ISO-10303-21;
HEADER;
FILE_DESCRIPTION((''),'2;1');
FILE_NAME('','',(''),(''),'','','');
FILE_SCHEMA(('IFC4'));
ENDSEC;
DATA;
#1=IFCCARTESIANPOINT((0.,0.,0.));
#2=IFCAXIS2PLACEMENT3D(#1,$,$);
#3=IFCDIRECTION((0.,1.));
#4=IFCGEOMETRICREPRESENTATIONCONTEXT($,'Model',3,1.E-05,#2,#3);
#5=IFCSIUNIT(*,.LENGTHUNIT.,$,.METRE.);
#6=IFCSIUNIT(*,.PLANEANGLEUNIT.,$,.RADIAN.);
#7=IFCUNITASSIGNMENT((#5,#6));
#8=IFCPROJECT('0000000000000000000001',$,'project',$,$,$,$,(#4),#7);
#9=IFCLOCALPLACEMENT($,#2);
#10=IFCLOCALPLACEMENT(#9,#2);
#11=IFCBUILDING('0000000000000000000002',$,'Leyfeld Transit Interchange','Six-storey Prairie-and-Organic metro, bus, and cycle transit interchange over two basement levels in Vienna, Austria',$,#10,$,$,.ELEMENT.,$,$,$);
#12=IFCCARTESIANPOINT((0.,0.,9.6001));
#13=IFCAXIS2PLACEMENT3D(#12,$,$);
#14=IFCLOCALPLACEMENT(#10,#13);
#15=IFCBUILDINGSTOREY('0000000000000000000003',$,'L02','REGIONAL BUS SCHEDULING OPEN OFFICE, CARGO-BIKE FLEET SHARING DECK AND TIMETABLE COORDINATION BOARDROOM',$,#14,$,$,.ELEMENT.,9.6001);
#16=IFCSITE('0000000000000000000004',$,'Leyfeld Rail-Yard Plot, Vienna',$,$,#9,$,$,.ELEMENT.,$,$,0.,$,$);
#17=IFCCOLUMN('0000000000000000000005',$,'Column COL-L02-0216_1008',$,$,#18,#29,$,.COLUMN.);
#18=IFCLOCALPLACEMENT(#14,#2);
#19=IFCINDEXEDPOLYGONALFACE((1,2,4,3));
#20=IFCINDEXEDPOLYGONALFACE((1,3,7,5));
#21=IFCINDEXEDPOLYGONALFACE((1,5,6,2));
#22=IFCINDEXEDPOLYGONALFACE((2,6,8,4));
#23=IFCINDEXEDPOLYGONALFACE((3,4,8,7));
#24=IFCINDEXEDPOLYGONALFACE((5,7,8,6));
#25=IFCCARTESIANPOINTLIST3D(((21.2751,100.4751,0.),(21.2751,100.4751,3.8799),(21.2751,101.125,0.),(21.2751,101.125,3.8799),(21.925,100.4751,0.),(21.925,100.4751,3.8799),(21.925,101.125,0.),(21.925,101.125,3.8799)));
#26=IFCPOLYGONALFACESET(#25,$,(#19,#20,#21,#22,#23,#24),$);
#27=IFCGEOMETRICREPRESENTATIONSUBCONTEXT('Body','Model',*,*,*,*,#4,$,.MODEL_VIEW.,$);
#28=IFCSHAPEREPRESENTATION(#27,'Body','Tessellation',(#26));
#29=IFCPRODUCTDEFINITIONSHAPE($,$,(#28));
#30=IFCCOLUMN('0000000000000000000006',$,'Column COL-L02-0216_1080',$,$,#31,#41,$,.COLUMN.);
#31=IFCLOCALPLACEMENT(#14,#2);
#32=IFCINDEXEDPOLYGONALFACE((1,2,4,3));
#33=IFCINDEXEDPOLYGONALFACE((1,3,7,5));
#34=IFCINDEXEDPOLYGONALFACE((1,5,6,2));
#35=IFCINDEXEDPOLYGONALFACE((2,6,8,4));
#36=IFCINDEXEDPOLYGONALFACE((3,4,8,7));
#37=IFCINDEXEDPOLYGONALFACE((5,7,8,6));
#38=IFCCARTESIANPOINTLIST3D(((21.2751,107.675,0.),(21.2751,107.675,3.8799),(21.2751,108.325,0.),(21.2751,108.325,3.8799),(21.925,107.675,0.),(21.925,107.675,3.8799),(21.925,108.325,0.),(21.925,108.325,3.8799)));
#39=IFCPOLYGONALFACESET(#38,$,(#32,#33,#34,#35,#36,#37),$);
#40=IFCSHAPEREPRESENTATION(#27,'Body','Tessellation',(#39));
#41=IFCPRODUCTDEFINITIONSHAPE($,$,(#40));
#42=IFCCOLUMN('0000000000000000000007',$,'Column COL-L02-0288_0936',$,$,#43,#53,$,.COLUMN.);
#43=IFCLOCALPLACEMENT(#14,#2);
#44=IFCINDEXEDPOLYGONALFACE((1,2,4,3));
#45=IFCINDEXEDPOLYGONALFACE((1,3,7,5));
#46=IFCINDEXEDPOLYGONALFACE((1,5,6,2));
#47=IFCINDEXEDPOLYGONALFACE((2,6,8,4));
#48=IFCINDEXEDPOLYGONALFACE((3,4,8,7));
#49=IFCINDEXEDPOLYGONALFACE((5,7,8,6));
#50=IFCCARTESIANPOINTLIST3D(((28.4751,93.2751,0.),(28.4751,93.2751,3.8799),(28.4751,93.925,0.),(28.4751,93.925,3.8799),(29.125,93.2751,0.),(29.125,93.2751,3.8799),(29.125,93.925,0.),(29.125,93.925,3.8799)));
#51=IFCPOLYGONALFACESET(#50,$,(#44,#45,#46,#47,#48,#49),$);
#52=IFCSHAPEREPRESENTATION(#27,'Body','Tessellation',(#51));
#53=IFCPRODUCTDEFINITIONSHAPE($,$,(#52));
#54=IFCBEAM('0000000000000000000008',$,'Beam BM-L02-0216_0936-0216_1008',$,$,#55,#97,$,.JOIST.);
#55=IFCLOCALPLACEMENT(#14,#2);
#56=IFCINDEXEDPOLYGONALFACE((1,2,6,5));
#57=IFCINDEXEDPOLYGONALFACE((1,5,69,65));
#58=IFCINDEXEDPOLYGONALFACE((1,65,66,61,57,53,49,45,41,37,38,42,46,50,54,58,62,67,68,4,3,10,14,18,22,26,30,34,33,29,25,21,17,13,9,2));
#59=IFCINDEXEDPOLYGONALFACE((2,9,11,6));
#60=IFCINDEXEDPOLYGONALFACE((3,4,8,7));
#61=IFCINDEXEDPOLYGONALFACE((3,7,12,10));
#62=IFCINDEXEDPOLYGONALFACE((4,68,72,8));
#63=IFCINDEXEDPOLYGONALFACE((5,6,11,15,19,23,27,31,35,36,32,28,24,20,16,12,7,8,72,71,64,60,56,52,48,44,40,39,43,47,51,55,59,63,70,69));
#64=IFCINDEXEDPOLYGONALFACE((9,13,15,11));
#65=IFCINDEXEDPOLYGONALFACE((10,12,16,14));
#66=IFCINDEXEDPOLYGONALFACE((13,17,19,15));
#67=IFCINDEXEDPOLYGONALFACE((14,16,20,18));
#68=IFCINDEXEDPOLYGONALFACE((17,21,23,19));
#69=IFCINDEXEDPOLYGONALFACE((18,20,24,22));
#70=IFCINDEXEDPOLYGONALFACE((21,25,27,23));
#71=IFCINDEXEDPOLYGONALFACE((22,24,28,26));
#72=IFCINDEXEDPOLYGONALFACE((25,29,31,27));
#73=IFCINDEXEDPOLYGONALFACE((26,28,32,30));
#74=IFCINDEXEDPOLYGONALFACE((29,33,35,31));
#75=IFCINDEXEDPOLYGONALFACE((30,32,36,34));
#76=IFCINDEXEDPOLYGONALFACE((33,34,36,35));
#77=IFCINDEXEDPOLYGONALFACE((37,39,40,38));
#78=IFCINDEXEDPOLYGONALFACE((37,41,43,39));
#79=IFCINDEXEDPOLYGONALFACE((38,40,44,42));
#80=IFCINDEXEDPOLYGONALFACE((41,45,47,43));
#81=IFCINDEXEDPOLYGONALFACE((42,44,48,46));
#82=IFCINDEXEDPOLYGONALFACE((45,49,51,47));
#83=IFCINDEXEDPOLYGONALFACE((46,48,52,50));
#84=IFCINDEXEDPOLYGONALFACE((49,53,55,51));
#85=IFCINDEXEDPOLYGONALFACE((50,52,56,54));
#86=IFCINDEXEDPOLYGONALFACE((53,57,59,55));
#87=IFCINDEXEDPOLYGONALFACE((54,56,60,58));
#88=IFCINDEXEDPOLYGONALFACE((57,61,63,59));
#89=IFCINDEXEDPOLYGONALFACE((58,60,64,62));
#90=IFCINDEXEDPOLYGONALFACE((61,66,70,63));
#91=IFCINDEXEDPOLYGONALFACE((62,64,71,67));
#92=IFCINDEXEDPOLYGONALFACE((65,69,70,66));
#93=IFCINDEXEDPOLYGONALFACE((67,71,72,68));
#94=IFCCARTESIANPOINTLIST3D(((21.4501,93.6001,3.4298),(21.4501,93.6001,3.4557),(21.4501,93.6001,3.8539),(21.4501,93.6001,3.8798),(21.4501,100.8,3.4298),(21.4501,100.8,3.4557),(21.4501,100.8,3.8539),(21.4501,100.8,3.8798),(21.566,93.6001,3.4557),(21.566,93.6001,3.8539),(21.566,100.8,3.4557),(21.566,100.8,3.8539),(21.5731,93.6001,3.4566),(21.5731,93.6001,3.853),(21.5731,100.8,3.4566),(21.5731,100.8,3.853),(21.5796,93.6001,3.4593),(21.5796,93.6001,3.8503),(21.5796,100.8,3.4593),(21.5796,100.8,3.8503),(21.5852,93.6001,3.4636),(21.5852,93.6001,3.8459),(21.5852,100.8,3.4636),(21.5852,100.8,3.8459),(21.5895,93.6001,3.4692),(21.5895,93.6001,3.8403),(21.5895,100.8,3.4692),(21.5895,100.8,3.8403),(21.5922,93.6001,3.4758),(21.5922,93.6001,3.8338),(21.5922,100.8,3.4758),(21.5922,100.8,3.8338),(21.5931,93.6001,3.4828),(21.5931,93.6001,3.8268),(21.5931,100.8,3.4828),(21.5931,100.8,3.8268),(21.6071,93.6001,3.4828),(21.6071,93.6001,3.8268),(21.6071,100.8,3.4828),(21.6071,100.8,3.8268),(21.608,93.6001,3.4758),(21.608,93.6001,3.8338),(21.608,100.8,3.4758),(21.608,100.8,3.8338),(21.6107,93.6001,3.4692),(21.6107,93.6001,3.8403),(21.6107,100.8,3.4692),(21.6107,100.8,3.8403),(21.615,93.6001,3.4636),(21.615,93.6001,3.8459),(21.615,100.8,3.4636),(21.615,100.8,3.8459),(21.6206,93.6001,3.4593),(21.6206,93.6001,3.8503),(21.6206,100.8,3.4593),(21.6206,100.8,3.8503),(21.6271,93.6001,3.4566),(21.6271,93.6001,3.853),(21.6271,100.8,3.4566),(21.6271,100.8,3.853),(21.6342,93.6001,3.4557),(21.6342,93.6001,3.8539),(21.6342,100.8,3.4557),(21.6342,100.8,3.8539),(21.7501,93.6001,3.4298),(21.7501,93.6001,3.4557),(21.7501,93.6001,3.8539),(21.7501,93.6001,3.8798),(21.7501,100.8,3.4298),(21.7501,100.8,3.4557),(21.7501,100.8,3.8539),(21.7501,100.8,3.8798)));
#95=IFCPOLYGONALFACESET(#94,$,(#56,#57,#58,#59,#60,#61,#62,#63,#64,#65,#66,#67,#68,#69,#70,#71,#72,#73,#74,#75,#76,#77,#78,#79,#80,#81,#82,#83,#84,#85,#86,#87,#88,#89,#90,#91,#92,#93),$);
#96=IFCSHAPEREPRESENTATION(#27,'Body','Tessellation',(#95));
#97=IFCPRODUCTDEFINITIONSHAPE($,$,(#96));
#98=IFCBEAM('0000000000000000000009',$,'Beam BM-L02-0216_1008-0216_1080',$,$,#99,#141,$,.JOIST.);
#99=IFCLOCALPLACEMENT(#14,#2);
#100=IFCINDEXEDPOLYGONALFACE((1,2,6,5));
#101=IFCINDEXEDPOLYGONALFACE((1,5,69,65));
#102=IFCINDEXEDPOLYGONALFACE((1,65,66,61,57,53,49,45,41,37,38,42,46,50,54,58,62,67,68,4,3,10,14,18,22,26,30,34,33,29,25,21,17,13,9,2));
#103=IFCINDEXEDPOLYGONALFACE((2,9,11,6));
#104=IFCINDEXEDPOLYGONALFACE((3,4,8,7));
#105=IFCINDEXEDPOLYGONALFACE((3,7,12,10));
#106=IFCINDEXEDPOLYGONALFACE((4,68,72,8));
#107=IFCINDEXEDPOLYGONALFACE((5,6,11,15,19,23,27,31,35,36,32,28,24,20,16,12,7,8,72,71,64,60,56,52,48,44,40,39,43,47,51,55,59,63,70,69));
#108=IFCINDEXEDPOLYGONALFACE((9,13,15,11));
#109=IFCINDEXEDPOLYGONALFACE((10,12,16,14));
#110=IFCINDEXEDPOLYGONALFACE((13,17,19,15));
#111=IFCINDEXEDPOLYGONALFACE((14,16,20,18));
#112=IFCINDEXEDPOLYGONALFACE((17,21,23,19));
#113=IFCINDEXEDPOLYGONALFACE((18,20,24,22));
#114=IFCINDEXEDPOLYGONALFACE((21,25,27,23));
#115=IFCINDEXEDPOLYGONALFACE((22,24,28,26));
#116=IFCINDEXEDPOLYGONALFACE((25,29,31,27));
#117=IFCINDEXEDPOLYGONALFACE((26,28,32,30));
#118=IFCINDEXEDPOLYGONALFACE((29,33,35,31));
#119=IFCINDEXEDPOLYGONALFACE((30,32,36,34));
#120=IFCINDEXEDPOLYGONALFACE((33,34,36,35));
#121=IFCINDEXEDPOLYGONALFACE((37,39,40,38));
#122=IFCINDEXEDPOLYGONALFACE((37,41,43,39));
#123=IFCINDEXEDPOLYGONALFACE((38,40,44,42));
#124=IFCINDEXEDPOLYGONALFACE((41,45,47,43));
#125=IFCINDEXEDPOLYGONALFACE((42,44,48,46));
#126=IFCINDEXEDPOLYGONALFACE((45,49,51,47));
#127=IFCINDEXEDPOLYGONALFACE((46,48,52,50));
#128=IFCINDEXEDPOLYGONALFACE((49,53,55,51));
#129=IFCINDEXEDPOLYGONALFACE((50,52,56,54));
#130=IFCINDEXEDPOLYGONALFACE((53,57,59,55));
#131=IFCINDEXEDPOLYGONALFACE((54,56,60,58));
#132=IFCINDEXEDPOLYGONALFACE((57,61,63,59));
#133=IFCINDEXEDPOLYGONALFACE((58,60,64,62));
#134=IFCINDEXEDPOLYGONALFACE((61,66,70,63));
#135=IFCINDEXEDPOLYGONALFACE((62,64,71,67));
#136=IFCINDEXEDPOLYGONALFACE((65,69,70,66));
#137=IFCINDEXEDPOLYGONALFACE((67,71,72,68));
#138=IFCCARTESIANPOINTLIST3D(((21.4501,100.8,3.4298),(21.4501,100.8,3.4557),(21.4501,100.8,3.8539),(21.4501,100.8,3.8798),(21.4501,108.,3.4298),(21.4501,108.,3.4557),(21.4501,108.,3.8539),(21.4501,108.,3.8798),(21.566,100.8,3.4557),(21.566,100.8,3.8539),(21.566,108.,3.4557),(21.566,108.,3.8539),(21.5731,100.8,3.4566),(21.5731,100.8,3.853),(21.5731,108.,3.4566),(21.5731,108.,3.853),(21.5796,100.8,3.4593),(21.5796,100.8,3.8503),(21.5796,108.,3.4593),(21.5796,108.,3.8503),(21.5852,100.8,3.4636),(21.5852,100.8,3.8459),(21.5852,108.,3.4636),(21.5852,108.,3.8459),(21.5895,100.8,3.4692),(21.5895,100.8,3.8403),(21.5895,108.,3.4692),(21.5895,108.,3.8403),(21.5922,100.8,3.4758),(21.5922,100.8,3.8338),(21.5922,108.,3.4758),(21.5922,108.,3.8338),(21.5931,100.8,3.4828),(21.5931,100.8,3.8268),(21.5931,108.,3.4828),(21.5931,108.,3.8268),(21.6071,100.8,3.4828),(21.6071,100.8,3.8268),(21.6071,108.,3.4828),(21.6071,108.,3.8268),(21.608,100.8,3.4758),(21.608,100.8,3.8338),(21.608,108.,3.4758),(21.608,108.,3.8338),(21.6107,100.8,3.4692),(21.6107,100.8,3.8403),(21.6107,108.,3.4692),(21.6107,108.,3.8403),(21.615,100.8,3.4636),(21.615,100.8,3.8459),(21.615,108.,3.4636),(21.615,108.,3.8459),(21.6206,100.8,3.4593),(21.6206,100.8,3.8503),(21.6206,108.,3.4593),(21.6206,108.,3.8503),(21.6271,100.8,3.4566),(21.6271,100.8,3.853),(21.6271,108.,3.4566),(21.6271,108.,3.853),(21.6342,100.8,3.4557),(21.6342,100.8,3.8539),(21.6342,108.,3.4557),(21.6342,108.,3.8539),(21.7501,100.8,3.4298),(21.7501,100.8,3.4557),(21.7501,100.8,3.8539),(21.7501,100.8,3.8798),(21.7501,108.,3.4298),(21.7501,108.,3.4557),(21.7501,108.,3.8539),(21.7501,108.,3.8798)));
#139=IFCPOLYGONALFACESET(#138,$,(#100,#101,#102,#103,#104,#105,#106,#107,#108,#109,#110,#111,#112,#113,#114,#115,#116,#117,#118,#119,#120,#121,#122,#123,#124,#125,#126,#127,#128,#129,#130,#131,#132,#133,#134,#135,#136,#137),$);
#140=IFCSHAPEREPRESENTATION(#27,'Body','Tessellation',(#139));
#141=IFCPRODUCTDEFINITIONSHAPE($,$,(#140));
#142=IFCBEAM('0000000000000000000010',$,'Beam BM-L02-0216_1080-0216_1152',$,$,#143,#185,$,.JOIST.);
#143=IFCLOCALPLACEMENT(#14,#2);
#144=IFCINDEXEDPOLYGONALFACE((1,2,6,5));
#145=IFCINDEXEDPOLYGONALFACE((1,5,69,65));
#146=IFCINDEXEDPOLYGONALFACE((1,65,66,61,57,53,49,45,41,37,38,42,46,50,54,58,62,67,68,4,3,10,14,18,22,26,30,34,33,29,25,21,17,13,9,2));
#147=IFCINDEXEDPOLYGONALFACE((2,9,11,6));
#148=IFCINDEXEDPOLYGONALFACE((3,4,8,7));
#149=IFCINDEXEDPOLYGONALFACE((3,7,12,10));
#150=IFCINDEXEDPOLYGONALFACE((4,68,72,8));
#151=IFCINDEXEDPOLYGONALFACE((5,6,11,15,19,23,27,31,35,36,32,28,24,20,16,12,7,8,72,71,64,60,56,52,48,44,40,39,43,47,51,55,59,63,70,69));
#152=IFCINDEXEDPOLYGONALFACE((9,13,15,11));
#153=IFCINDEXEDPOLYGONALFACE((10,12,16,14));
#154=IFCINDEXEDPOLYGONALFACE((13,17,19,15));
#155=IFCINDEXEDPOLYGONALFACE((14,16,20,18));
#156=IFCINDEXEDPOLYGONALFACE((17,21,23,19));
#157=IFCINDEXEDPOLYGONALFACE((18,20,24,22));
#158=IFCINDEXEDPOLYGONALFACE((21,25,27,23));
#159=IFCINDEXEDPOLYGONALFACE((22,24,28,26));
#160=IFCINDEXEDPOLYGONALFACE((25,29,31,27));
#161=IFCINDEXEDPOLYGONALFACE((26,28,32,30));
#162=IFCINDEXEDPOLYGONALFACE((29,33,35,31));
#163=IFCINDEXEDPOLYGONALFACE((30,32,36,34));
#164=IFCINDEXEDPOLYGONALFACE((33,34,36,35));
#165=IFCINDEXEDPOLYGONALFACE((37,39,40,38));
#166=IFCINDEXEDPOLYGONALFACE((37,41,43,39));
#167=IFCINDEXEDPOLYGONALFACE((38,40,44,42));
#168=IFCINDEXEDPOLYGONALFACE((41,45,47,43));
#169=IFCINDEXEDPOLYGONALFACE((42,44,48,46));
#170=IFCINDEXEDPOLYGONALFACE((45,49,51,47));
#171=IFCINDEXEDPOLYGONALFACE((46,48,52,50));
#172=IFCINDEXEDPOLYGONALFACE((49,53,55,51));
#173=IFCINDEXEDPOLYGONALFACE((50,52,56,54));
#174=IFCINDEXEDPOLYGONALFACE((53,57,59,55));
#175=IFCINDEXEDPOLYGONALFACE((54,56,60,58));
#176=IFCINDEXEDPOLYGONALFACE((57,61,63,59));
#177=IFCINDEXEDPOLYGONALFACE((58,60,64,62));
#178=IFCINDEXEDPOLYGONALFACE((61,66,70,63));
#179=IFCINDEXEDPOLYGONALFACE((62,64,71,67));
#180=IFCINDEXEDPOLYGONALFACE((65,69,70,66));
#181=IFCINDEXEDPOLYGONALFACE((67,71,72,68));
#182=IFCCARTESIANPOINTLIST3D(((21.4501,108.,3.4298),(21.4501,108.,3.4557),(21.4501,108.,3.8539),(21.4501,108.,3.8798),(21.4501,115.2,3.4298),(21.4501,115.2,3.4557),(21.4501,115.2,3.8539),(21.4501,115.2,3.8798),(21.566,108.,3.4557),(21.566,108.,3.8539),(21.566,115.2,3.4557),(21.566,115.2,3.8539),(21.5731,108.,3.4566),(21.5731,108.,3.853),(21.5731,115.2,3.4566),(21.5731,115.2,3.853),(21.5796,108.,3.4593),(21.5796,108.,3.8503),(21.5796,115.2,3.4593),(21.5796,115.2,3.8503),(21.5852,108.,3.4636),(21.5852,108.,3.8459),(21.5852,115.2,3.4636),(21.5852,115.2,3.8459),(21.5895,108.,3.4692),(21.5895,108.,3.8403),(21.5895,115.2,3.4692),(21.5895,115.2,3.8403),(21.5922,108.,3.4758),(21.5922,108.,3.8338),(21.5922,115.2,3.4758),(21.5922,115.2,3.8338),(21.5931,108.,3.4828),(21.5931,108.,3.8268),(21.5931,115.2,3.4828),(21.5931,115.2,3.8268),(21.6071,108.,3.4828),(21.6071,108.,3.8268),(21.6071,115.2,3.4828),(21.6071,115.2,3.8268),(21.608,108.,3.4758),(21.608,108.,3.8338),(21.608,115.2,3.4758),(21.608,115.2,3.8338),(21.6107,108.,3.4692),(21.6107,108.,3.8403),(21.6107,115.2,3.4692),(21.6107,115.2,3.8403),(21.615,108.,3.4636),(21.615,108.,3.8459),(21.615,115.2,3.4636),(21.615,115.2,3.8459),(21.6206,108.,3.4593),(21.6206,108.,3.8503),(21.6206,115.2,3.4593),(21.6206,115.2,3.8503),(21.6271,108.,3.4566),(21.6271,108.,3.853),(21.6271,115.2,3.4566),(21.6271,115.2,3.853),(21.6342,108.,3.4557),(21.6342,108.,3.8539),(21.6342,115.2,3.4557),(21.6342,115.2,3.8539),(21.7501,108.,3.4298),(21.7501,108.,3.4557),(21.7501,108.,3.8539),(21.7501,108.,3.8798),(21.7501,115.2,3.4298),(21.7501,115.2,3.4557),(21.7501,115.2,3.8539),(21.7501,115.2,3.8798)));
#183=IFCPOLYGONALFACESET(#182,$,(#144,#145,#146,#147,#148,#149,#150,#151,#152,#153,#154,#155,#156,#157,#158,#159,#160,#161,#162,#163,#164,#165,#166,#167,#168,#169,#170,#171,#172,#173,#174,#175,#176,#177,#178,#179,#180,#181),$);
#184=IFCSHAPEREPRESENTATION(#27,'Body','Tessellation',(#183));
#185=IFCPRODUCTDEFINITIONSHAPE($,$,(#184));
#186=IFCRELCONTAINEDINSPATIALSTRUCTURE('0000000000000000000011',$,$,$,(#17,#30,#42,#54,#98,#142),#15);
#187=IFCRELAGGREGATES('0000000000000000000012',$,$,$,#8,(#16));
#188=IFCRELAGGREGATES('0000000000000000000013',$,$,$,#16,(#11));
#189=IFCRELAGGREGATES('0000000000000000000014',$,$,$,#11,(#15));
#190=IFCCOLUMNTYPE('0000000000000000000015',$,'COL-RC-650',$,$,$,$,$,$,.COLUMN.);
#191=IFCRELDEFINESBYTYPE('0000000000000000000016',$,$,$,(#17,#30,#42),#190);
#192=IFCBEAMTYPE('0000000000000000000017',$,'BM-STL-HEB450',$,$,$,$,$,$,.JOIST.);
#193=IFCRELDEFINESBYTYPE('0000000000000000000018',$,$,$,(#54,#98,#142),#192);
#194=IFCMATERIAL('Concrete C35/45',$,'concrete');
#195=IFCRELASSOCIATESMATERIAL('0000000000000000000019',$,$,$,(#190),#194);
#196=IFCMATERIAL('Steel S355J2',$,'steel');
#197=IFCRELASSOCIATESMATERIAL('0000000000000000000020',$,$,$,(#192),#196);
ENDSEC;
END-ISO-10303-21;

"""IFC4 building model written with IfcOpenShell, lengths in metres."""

from ifc_helpers import new_model, si_unit, direction, frame, origin, origin_2d, place, context, subcontext, project, spatial, rectangle, i_section, extrude, material, material_profile, profile_set, type_object, element, save


model = new_model("IFC4")

# Units and contexts
model_context = context("Model", 3, precision=1e-05, world=origin(), true_north=direction((0.0, 1.0)))
body_context = subcontext(model_context, "Body", "Model", "MODEL_VIEW")
ifc_project = project(units=[si_unit("LENGTHUNIT", "METRE"), si_unit("PLANEANGLEUNIT", "RADIAN")], contexts=[model_context])

# Site, building, storey
site_placement = place(None, origin())
site = spatial("IfcSite", under=ifc_project, at=site_placement, Name="Leyfeld Rail-Yard Plot, Vienna", CompositionType="ELEMENT", RefElevation=0.0)
building_placement = place(site_placement, origin())
building = spatial("IfcBuilding", under=site, at=building_placement, Name="Leyfeld Transit Interchange", Description="Six-storey Prairie-and-Organic metro, bus, and cycle transit interchange over two basement levels in Vienna, Austria", CompositionType="ELEMENT")
storey_placement = place(building_placement, frame((0.0, 0.0, 9.6001)))
storey = spatial("IfcBuildingStorey", under=building, at=storey_placement, Name="L02", Description="REGIONAL BUS SCHEDULING OPEN OFFICE, CARGO-BIKE FLEET SHARING DECK AND TIMETABLE COORDINATION BOARDROOM", CompositionType="ELEMENT", Elevation=9.6001)

# Columns
ifc_material_1 = material(Name="Concrete C35/45", Category="concrete")
ifc_material_profile_1 = material_profile(ifc_material_1, rectangle(XDim=0.6499, YDim=0.6499, at=origin_2d()), Name="RC 650x650")
ifc_profile_set_1 = profile_set([ifc_material_profile_1], Name="Concrete C35/45")
column_type = type_object("IfcColumnType", Name="COL-RC-650", PredefinedType="COLUMN", material=ifc_profile_set_1)
for number, where, z_axis, x_axis, name in (
    (1, (21.6001, 100.8, 0.0), (0.0, 0.0, 1.0), (1.0, 0.0, 0.0), "Column COL-L02-0216_1008"),
    (2, (21.6001, 108.0, 0.0), (0.0, 0.0, 1.0), (1.0, 0.0, 0.0), "Column COL-L02-0216_1080"),
    (3, (28.8, 93.6001, 0.0), (0.0, 0.0, 1.0), (1.0, 0.0, 0.0), "Column COL-L02-0288_0936"),
):
    element("IfcColumn", number, at=place(storey_placement, frame(where, z_axis=z_axis, x_axis=x_axis)), inside=storey, type_object=column_type, Name=name, PredefinedType="COLUMN", context=body_context, shape_type="SweptSolid", body=[
        extrude(rectangle(XDim=0.6499, YDim=0.6499, at=origin_2d()), origin(), (0.0, 0.0, 1.0), 3.8799),
    ])

# Beams
ifc_material_2 = material(Name="Steel S355J2", Category="steel")
ifc_material_profile_2 = material_profile(ifc_material_2, i_section(OverallWidth=0.3, OverallDepth=0.45, WebThickness=0.0139, FlangeThickness=0.0259, FilletRadius=0.0271, at=origin_2d()), Name="HEB 450")
ifc_profile_set_2 = profile_set([ifc_material_profile_2], Name="Steel S355J2")
beam_type_1 = type_object("IfcBeamType", Name="BM-STL-HEB450", PredefinedType="JOIST", material=ifc_profile_set_2)
for number, where, z_axis, x_axis, name in (
    (4, (21.6001, 93.6001, 3.6548), (0.0, 1.0, 0.0), (-1.0, 0.0, 0.0), "Beam BM-L02-0216_0936-0216_1008"),
    (5, (21.6001, 100.8, 3.6548), (0.0, 1.0, 0.0), (-1.0, 0.0, 0.0), "Beam BM-L02-0216_1008-0216_1080"),
    (6, (21.6001, 108.0, 3.6548), (0.0, 1.0, 0.0), (-1.0, 0.0, 0.0), "Beam BM-L02-0216_1080-0216_1152"),
):
    element("IfcBeam", number, at=place(storey_placement, frame(where, z_axis=z_axis, x_axis=x_axis)), inside=storey, type_object=beam_type_1, Name=name, PredefinedType="JOIST", context=body_context, shape_type="SweptSolid", body=[
        extrude(i_section(OverallWidth=0.3, OverallDepth=0.45, WebThickness=0.0139, FlangeThickness=0.0259, FilletRadius=0.0271, at=origin_2d()), origin(), (0.0, 0.0, 1.0), 7.2),
    ])

save(model, "model.ifc")
